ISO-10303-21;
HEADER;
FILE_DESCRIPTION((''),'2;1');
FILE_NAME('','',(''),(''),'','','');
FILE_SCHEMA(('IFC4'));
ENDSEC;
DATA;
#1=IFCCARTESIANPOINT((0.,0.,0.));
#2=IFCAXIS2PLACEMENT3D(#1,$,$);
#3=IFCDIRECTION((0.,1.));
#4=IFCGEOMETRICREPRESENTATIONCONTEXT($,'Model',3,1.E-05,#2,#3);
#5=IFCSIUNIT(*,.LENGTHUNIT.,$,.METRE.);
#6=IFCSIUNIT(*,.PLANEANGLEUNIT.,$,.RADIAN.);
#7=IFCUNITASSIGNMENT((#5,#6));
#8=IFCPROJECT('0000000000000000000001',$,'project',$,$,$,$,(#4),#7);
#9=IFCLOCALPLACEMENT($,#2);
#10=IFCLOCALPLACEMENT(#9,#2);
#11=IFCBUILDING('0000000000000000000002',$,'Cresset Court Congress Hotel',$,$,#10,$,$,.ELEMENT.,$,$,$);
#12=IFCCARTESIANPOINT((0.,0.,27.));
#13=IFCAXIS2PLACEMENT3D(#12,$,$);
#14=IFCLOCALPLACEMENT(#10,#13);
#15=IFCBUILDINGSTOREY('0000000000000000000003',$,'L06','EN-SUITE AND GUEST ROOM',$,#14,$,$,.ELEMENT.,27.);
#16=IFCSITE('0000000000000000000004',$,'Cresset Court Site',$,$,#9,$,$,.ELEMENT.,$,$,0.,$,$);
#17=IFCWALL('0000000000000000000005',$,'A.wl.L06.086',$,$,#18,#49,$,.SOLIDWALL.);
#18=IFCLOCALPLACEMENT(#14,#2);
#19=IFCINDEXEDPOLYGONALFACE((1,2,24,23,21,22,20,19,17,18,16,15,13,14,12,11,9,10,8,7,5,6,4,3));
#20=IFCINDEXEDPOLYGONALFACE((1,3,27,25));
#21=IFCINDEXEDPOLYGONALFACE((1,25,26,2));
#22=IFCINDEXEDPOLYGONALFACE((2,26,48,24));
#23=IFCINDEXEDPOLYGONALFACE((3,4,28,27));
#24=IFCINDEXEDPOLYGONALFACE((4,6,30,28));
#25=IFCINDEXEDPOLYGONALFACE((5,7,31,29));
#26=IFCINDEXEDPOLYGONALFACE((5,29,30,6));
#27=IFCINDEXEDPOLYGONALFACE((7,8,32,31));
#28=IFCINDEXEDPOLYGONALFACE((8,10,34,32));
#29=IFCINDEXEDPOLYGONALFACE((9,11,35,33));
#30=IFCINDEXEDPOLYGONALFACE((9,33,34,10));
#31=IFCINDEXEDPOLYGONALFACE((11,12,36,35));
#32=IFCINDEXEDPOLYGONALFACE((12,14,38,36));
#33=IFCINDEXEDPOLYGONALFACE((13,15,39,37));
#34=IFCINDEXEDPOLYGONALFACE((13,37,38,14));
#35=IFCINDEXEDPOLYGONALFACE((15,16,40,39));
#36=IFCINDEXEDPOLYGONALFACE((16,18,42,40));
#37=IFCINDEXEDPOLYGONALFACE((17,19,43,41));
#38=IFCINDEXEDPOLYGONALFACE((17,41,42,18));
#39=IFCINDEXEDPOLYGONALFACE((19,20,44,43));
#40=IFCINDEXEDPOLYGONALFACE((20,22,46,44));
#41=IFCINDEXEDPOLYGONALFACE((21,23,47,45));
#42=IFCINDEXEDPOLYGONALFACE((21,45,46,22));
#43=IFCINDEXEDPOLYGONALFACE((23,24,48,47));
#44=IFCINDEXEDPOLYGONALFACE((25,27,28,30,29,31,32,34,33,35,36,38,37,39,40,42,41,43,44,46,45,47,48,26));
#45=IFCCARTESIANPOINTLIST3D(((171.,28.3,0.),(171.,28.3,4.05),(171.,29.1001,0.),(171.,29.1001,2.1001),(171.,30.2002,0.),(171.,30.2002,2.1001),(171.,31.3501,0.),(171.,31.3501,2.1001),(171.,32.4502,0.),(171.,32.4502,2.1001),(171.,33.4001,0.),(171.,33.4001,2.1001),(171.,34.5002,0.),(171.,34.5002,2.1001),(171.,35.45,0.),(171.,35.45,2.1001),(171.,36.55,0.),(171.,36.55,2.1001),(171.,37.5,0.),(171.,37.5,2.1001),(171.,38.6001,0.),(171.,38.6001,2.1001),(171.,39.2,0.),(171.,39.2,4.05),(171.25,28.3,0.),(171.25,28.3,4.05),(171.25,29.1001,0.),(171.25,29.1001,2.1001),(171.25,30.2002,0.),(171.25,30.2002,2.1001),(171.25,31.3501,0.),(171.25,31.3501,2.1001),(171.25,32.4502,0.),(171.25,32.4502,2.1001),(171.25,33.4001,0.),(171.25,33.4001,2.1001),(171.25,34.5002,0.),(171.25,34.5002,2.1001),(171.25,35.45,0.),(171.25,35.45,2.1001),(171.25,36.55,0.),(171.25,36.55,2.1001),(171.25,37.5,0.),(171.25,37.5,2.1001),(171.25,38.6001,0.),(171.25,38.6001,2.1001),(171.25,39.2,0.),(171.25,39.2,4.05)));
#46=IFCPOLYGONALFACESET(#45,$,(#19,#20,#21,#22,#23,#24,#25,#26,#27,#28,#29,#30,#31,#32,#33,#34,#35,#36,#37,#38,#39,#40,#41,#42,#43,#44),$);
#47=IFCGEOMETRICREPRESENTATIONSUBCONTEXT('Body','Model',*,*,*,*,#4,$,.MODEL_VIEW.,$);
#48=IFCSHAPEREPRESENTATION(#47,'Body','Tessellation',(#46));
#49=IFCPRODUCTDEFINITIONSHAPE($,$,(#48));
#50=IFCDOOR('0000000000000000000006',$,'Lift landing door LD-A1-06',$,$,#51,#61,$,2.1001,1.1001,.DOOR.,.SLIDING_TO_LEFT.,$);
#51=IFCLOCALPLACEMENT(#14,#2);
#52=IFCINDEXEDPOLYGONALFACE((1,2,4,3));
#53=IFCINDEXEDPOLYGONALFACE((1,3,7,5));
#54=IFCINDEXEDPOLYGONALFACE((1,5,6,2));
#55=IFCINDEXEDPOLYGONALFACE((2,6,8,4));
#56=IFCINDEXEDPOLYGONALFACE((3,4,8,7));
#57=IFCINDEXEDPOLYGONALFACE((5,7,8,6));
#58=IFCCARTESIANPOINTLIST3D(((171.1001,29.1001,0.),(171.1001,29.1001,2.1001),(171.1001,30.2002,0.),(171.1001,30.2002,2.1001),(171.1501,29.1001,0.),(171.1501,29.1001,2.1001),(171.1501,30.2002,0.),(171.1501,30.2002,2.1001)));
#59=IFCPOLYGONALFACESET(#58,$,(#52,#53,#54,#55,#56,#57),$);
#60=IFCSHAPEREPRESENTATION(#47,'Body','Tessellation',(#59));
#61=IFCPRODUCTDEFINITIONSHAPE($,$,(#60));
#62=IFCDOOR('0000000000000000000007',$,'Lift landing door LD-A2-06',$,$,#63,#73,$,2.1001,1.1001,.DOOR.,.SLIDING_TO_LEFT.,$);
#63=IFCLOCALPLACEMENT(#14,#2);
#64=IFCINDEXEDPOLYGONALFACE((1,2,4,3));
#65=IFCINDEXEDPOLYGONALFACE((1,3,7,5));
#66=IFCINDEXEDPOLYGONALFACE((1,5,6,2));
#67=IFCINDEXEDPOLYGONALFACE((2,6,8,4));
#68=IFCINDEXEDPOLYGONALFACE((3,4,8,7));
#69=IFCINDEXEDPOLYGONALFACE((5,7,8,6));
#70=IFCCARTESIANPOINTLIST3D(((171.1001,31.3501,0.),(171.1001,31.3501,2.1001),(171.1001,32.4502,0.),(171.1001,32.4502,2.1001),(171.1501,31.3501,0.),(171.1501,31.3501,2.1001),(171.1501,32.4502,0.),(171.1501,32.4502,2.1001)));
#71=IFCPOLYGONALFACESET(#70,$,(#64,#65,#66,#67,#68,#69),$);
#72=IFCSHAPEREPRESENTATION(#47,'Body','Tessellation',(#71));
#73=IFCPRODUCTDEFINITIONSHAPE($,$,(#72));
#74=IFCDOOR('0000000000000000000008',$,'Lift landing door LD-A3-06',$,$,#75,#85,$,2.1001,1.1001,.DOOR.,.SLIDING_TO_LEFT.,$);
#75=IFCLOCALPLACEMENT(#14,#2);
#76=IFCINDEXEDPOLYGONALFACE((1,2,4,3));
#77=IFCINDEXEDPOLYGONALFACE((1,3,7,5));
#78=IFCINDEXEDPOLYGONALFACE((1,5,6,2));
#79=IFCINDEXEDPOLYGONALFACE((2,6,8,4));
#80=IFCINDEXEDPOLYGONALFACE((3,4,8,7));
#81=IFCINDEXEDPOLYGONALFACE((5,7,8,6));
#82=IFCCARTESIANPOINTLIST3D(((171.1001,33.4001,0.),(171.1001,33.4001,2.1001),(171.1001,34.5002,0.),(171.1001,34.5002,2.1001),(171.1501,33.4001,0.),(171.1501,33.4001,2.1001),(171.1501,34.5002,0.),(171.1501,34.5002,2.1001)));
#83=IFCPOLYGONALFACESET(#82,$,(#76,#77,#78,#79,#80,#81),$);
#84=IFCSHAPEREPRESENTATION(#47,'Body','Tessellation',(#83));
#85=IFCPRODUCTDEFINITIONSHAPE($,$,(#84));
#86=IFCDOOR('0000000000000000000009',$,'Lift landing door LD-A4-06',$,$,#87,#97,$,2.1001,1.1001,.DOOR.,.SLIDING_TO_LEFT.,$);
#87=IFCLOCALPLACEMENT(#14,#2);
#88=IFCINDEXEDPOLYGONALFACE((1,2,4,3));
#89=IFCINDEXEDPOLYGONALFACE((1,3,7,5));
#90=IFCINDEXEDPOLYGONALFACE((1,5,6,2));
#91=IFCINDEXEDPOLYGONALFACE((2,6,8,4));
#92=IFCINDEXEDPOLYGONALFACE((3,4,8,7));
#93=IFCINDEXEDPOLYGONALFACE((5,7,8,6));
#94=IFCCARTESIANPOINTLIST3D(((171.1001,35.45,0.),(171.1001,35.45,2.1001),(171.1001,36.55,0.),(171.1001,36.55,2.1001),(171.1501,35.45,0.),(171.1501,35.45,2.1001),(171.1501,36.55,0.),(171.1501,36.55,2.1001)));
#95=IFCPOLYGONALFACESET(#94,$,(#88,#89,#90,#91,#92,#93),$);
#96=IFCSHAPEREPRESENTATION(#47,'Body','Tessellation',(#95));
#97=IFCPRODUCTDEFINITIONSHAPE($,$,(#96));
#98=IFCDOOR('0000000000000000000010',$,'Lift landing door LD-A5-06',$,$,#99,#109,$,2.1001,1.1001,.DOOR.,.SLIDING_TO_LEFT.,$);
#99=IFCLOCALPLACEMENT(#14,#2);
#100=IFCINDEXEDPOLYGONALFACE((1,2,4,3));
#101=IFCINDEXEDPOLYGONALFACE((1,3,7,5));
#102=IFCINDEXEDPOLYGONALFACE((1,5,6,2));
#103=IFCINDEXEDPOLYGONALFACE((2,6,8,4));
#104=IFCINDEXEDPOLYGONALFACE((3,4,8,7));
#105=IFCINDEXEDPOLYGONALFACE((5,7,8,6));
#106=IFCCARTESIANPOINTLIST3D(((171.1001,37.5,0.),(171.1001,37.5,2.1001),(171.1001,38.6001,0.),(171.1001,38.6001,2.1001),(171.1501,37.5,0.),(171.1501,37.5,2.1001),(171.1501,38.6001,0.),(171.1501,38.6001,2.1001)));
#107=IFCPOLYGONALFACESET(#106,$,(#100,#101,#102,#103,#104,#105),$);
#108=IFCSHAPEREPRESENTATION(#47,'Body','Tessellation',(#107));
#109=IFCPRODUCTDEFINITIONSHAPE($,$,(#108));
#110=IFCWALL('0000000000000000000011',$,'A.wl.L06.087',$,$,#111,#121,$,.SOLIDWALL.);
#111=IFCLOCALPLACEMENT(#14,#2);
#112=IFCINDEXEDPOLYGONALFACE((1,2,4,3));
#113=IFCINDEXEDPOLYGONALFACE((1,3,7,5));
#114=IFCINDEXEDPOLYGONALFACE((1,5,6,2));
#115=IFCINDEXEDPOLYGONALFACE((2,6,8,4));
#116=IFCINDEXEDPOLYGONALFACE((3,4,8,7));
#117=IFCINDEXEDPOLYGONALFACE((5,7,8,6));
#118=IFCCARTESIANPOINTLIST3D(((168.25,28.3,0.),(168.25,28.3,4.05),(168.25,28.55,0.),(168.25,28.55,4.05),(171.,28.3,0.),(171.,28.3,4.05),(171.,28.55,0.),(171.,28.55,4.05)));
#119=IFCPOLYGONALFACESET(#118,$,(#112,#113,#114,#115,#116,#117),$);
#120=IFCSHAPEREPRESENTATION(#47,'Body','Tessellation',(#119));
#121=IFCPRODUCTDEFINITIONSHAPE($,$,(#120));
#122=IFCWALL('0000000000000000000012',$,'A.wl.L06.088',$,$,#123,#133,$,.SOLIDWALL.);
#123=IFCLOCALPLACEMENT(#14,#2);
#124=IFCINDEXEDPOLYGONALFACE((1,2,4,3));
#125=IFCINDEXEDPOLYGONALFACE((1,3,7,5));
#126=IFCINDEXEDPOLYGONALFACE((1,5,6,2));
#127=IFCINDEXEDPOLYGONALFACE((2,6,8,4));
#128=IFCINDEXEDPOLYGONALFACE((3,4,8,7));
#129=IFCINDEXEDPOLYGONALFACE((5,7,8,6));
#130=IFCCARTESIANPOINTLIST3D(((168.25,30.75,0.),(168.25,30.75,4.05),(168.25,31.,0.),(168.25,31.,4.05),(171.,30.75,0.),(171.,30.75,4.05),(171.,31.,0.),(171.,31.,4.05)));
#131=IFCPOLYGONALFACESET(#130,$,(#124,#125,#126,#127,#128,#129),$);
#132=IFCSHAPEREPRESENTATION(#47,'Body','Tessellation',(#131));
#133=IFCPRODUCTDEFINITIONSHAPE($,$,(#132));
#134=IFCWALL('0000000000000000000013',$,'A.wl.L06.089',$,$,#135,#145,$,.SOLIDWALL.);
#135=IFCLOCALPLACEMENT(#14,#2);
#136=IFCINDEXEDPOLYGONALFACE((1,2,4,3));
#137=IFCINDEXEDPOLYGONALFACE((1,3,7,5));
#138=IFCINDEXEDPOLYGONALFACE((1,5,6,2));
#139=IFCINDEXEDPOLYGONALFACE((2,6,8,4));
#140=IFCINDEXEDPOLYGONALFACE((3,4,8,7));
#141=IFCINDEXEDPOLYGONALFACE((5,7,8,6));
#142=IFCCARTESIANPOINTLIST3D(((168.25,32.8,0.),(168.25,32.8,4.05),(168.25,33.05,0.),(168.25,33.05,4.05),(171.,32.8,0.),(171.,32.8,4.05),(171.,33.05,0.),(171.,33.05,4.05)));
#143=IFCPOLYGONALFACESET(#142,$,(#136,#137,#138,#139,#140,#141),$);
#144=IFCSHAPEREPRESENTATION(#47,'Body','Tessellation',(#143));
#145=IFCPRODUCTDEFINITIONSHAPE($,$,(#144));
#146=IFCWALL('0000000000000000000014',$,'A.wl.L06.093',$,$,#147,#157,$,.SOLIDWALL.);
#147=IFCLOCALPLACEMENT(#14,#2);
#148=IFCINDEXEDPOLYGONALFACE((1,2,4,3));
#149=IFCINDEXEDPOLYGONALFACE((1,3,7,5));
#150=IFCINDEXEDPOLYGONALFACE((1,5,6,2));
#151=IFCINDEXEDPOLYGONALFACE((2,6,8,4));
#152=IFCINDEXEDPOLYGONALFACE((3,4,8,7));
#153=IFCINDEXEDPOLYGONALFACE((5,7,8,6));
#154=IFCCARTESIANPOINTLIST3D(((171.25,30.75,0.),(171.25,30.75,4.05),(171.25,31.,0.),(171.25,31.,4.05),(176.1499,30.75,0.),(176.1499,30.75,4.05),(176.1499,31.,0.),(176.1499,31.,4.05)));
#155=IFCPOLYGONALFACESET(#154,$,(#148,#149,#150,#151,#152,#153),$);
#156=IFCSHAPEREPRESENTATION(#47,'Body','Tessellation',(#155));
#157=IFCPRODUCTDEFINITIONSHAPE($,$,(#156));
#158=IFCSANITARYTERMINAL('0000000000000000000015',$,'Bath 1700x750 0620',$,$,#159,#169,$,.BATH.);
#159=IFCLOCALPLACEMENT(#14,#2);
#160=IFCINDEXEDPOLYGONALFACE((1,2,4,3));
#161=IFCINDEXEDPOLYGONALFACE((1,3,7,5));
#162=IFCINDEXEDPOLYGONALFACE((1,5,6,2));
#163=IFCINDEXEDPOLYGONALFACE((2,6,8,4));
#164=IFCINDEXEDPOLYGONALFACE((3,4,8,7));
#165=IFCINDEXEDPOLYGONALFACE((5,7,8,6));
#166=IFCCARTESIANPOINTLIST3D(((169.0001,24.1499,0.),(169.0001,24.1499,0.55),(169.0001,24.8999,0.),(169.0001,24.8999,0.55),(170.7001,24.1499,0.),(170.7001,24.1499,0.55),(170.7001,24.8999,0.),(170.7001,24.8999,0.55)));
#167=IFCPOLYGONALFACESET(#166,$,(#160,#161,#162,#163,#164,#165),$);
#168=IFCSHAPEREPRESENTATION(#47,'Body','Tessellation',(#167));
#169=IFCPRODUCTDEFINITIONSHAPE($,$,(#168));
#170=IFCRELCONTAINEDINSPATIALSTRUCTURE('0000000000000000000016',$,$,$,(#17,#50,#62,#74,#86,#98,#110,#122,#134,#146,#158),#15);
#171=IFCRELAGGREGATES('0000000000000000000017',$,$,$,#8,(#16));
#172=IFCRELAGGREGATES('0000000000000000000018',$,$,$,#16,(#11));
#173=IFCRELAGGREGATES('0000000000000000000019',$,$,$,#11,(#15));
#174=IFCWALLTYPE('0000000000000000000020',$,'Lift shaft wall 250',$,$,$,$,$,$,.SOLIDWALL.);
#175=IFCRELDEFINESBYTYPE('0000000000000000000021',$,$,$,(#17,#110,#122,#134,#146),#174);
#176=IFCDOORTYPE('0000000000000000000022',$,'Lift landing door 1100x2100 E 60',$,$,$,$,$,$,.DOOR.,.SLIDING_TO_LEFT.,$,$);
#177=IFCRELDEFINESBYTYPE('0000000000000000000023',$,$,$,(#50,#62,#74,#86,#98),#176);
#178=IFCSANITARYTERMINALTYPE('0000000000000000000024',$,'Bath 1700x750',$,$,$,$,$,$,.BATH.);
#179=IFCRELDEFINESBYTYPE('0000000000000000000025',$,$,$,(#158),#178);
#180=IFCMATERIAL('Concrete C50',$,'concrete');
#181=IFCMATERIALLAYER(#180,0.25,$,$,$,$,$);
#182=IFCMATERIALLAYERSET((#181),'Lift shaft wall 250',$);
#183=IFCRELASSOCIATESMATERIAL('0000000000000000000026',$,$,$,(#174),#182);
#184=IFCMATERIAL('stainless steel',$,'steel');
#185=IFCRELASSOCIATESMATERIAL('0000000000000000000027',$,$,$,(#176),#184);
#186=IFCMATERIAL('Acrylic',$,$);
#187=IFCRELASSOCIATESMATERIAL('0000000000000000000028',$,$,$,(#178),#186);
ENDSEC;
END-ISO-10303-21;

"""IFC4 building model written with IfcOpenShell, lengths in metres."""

from ifc_helpers import new_model, si_unit, direction, frame, frame_2d, origin, origin_2d, place, context, subcontext, project, spatial, rectangle, extrude, material, layer, layer_set, type_object, element, fill, save


model = new_model("IFC4")

# Units and contexts
model_context = context("Model", 3, precision=1e-05, world=origin(), true_north=direction((0.0, 1.0)))
body_context = subcontext(model_context, "Body", "Model", "MODEL_VIEW")
ifc_project = project(units=[si_unit("LENGTHUNIT", "METRE"), si_unit("PLANEANGLEUNIT", "RADIAN")], contexts=[model_context])

# Site, building, storey
site_placement = place(None, origin())
site = spatial("IfcSite", under=ifc_project, at=site_placement, Name="Cresset Court Site", CompositionType="ELEMENT", RefElevation=0.0)
building_placement = place(site_placement, origin())
building = spatial("IfcBuilding", under=site, at=building_placement, Name="Cresset Court Congress Hotel", CompositionType="ELEMENT")
storey_placement = place(building_placement, frame((0.0, 0.0, 27.0)))
storey = spatial("IfcBuildingStorey", under=building, at=storey_placement, Name="L06", Description="EN-SUITE AND GUEST ROOM", CompositionType="ELEMENT", Elevation=27.0)

# Wall, openings, doors
ifc_material_1 = material(Name="Concrete C50", Category="concrete")
ifc_layer_1 = layer(ifc_material_1, 0.25)
ifc_layer_set_1 = layer_set([ifc_layer_1], Name="Lift shaft wall 250")
wall_type_1 = type_object("IfcWallType", Name="Lift shaft wall 250", PredefinedType="SOLIDWALL", material=ifc_layer_set_1)
wall_1_placement = place(storey_placement, frame((171.125, 28.3, 0.0), z_axis=(0.0, 0.0, 1.0), x_axis=(0.0, 1.0, 0.0)))
wall_1 = element("IfcWall", 1, at=wall_1_placement, inside=storey, type_object=wall_type_1, Name="A.wl.L06.086", PredefinedType="SOLIDWALL", context=body_context, shape_type="SweptSolid", body=[
    extrude(rectangle(XDim=10.8999, YDim=0.25, at=frame_2d((5.45, 0.0))), origin(), (0.0, 0.0, 1.0), 4.05),
])
opening_1_placement = place(wall_1_placement, frame((0.8, 0.0, 0.0)))
opening_1 = element("IfcOpeningElement", 2, at=opening_1_placement, cuts=wall_1, PredefinedType="OPENING", context=body_context, shape_type="SweptSolid", body=[
    extrude(rectangle(XDim=1.1001, YDim=2.1001, at=frame_2d((0.55, 1.05))), frame((0.0, 0.135, 0.0), z_axis=(0.0, -1.0, 0.0), x_axis=(1.0, 0.0, 0.0)), (0.0, 0.0, 1.0), 0.27),
])
opening_2_placement = place(wall_1_placement, frame((3.05, 0.0, 0.0)))
opening_2 = element("IfcOpeningElement", 3, at=opening_2_placement, cuts=wall_1, PredefinedType="OPENING", context=body_context, shape_type="SweptSolid", body=[
    extrude(rectangle(XDim=1.1001, YDim=2.1001, at=frame_2d((0.55, 1.05))), frame((0.0, 0.135, 0.0), z_axis=(0.0, -1.0, 0.0), x_axis=(1.0, 0.0, 0.0)), (0.0, 0.0, 1.0), 0.27),
])
opening_3_placement = place(wall_1_placement, frame((5.1001, 0.0, 0.0)))
opening_3 = element("IfcOpeningElement", 4, at=opening_3_placement, cuts=wall_1, PredefinedType="OPENING", context=body_context, shape_type="SweptSolid", body=[
    extrude(rectangle(XDim=1.1001, YDim=2.1001, at=frame_2d((0.55, 1.05))), frame((0.0, 0.135, 0.0), z_axis=(0.0, -1.0, 0.0), x_axis=(1.0, 0.0, 0.0)), (0.0, 0.0, 1.0), 0.27),
])
opening_4_placement = place(wall_1_placement, frame((7.1499, 0.0, 0.0)))
opening_4 = element("IfcOpeningElement", 5, at=opening_4_placement, cuts=wall_1, PredefinedType="OPENING", context=body_context, shape_type="SweptSolid", body=[
    extrude(rectangle(XDim=1.1001, YDim=2.1001, at=frame_2d((0.55, 1.05))), frame((0.0, 0.135, 0.0), z_axis=(0.0, -1.0, 0.0), x_axis=(1.0, 0.0, 0.0)), (0.0, 0.0, 1.0), 0.27),
])
opening_5_placement = place(wall_1_placement, frame((9.2, 0.0, 0.0)))
opening_5 = element("IfcOpeningElement", 6, at=opening_5_placement, cuts=wall_1, PredefinedType="OPENING", context=body_context, shape_type="SweptSolid", body=[
    extrude(rectangle(XDim=1.1001, YDim=2.1001, at=frame_2d((0.55, 1.05))), frame((0.0, 0.135, 0.0), z_axis=(0.0, -1.0, 0.0), x_axis=(1.0, 0.0, 0.0)), (0.0, 0.0, 1.0), 0.27),
])
ifc_material_2 = material(Name="stainless steel", Category="steel")
door_type_1 = type_object("IfcDoorType", Name="Lift landing door 1100x2100 E 60", OperationType="SLIDING_TO_LEFT", PredefinedType="DOOR", material=ifc_material_2)
door_1_placement = place(opening_1_placement, origin())
door_1 = element("IfcDoor", 7, at=door_1_placement, inside=storey, type_object=door_type_1, Name="Lift landing door LD-A1-06", OperationType="SLIDING_TO_LEFT", OverallHeight=2.1001, OverallWidth=1.1001, PredefinedType="DOOR", context=body_context, shape_type="SweptSolid", body=[
    extrude(rectangle(XDim=1.1001, YDim=2.1001, at=frame_2d((0.55, 1.05))), frame((0.0, 0.0249, 0.0), z_axis=(0.0, -1.0, 0.0), x_axis=(1.0, 0.0, 0.0)), (0.0, 0.0, 1.0), 0.05),
])
fill(opening_1, door_1)
door_2_placement = place(opening_2_placement, origin())
door_2 = element("IfcDoor", 8, at=door_2_placement, inside=storey, type_object=door_type_1, Name="Lift landing door LD-A2-06", OperationType="SLIDING_TO_LEFT", OverallHeight=2.1001, OverallWidth=1.1001, PredefinedType="DOOR", context=body_context, shape_type="SweptSolid", body=[
    extrude(rectangle(XDim=1.1001, YDim=2.1001, at=frame_2d((0.55, 1.05))), frame((0.0, 0.0249, 0.0), z_axis=(0.0, -1.0, 0.0), x_axis=(1.0, 0.0, 0.0)), (0.0, 0.0, 1.0), 0.05),
])
fill(opening_2, door_2)
door_3_placement = place(opening_3_placement, origin())
door_3 = element("IfcDoor", 9, at=door_3_placement, inside=storey, type_object=door_type_1, Name="Lift landing door LD-A3-06", OperationType="SLIDING_TO_LEFT", OverallHeight=2.1001, OverallWidth=1.1001, PredefinedType="DOOR", context=body_context, shape_type="SweptSolid", body=[
    extrude(rectangle(XDim=1.1001, YDim=2.1001, at=frame_2d((0.55, 1.05))), frame((0.0, 0.0249, 0.0), z_axis=(0.0, -1.0, 0.0), x_axis=(1.0, 0.0, 0.0)), (0.0, 0.0, 1.0), 0.05),
])
fill(opening_3, door_3)
door_4_placement = place(opening_4_placement, origin())
door_4 = element("IfcDoor", 10, at=door_4_placement, inside=storey, type_object=door_type_1, Name="Lift landing door LD-A4-06", OperationType="SLIDING_TO_LEFT", OverallHeight=2.1001, OverallWidth=1.1001, PredefinedType="DOOR", context=body_context, shape_type="SweptSolid", body=[
    extrude(rectangle(XDim=1.1001, YDim=2.1001, at=frame_2d((0.55, 1.05))), frame((0.0, 0.0249, 0.0), z_axis=(0.0, -1.0, 0.0), x_axis=(1.0, 0.0, 0.0)), (0.0, 0.0, 1.0), 0.05),
])
fill(opening_4, door_4)
door_5_placement = place(opening_5_placement, origin())
door_5 = element("IfcDoor", 11, at=door_5_placement, inside=storey, type_object=door_type_1, Name="Lift landing door LD-A5-06", OperationType="SLIDING_TO_LEFT", OverallHeight=2.1001, OverallWidth=1.1001, PredefinedType="DOOR", context=body_context, shape_type="SweptSolid", body=[
    extrude(rectangle(XDim=1.1001, YDim=2.1001, at=frame_2d((0.55, 1.05))), frame((0.0, 0.0249, 0.0), z_axis=(0.0, -1.0, 0.0), x_axis=(1.0, 0.0, 0.0)), (0.0, 0.0, 1.0), 0.05),
])
fill(opening_5, door_5)

# Walls
for number, where, z_axis, x_axis, name in (
    (12, (168.25, 28.425, 0.0), (0.0, 0.0, 1.0), (1.0, 0.0, 0.0), "A.wl.L06.087"),
    (13, (168.25, 30.875, 0.0), (0.0, 0.0, 1.0), (1.0, 0.0, 0.0), "A.wl.L06.088"),
    (14, (168.25, 32.925, 0.0), (0.0, 0.0, 1.0), (1.0, 0.0, 0.0), "A.wl.L06.089"),
):
    element("IfcWall", number, at=place(storey_placement, frame(where, z_axis=z_axis, x_axis=x_axis)), inside=storey, type_object=wall_type_1, Name=name, PredefinedType="SOLIDWALL", context=body_context, shape_type="SweptSolid", body=[
        extrude(rectangle(XDim=2.75, YDim=0.25, at=frame_2d((1.375, 0.0))), origin(), (0.0, 0.0, 1.0), 4.05),
    ])
wall_2_placement = place(storey_placement, frame((171.25, 30.875, 0.0), z_axis=(0.0, 0.0, 1.0), x_axis=(1.0, 0.0, 0.0)))
element("IfcWall", 15, at=wall_2_placement, inside=storey, type_object=wall_type_1, Name="A.wl.L06.093", PredefinedType="SOLIDWALL", context=body_context, shape_type="SweptSolid", body=[
    extrude(rectangle(XDim=4.8999, YDim=0.25, at=frame_2d((2.45, 0.0))), origin(), (0.0, 0.0, 1.0), 4.05),
])

# Sanitary terminal
ifc_material_3 = material(Name="Acrylic")
sanitary_terminal_type = type_object("IfcSanitaryTerminalType", Name="Bath 1700x750", PredefinedType="BATH", material=ifc_material_3)
sanitary_terminal_placement = place(storey_placement, frame((169.8501, 24.5249, 0.0), z_axis=(0.0, 0.0, 1.0), x_axis=(1.0, 0.0, 0.0)))
element("IfcSanitaryTerminal", 16, at=sanitary_terminal_placement, inside=storey, type_object=sanitary_terminal_type, Name="Bath 1700x750 0620", PredefinedType="BATH", context=body_context, shape_type="SweptSolid", body=[
    extrude(rectangle(XDim=1.7, YDim=0.75, at=origin_2d()), origin(), (0.0, 0.0, 1.0), 0.55),
])

save(model, "model.ifc")
